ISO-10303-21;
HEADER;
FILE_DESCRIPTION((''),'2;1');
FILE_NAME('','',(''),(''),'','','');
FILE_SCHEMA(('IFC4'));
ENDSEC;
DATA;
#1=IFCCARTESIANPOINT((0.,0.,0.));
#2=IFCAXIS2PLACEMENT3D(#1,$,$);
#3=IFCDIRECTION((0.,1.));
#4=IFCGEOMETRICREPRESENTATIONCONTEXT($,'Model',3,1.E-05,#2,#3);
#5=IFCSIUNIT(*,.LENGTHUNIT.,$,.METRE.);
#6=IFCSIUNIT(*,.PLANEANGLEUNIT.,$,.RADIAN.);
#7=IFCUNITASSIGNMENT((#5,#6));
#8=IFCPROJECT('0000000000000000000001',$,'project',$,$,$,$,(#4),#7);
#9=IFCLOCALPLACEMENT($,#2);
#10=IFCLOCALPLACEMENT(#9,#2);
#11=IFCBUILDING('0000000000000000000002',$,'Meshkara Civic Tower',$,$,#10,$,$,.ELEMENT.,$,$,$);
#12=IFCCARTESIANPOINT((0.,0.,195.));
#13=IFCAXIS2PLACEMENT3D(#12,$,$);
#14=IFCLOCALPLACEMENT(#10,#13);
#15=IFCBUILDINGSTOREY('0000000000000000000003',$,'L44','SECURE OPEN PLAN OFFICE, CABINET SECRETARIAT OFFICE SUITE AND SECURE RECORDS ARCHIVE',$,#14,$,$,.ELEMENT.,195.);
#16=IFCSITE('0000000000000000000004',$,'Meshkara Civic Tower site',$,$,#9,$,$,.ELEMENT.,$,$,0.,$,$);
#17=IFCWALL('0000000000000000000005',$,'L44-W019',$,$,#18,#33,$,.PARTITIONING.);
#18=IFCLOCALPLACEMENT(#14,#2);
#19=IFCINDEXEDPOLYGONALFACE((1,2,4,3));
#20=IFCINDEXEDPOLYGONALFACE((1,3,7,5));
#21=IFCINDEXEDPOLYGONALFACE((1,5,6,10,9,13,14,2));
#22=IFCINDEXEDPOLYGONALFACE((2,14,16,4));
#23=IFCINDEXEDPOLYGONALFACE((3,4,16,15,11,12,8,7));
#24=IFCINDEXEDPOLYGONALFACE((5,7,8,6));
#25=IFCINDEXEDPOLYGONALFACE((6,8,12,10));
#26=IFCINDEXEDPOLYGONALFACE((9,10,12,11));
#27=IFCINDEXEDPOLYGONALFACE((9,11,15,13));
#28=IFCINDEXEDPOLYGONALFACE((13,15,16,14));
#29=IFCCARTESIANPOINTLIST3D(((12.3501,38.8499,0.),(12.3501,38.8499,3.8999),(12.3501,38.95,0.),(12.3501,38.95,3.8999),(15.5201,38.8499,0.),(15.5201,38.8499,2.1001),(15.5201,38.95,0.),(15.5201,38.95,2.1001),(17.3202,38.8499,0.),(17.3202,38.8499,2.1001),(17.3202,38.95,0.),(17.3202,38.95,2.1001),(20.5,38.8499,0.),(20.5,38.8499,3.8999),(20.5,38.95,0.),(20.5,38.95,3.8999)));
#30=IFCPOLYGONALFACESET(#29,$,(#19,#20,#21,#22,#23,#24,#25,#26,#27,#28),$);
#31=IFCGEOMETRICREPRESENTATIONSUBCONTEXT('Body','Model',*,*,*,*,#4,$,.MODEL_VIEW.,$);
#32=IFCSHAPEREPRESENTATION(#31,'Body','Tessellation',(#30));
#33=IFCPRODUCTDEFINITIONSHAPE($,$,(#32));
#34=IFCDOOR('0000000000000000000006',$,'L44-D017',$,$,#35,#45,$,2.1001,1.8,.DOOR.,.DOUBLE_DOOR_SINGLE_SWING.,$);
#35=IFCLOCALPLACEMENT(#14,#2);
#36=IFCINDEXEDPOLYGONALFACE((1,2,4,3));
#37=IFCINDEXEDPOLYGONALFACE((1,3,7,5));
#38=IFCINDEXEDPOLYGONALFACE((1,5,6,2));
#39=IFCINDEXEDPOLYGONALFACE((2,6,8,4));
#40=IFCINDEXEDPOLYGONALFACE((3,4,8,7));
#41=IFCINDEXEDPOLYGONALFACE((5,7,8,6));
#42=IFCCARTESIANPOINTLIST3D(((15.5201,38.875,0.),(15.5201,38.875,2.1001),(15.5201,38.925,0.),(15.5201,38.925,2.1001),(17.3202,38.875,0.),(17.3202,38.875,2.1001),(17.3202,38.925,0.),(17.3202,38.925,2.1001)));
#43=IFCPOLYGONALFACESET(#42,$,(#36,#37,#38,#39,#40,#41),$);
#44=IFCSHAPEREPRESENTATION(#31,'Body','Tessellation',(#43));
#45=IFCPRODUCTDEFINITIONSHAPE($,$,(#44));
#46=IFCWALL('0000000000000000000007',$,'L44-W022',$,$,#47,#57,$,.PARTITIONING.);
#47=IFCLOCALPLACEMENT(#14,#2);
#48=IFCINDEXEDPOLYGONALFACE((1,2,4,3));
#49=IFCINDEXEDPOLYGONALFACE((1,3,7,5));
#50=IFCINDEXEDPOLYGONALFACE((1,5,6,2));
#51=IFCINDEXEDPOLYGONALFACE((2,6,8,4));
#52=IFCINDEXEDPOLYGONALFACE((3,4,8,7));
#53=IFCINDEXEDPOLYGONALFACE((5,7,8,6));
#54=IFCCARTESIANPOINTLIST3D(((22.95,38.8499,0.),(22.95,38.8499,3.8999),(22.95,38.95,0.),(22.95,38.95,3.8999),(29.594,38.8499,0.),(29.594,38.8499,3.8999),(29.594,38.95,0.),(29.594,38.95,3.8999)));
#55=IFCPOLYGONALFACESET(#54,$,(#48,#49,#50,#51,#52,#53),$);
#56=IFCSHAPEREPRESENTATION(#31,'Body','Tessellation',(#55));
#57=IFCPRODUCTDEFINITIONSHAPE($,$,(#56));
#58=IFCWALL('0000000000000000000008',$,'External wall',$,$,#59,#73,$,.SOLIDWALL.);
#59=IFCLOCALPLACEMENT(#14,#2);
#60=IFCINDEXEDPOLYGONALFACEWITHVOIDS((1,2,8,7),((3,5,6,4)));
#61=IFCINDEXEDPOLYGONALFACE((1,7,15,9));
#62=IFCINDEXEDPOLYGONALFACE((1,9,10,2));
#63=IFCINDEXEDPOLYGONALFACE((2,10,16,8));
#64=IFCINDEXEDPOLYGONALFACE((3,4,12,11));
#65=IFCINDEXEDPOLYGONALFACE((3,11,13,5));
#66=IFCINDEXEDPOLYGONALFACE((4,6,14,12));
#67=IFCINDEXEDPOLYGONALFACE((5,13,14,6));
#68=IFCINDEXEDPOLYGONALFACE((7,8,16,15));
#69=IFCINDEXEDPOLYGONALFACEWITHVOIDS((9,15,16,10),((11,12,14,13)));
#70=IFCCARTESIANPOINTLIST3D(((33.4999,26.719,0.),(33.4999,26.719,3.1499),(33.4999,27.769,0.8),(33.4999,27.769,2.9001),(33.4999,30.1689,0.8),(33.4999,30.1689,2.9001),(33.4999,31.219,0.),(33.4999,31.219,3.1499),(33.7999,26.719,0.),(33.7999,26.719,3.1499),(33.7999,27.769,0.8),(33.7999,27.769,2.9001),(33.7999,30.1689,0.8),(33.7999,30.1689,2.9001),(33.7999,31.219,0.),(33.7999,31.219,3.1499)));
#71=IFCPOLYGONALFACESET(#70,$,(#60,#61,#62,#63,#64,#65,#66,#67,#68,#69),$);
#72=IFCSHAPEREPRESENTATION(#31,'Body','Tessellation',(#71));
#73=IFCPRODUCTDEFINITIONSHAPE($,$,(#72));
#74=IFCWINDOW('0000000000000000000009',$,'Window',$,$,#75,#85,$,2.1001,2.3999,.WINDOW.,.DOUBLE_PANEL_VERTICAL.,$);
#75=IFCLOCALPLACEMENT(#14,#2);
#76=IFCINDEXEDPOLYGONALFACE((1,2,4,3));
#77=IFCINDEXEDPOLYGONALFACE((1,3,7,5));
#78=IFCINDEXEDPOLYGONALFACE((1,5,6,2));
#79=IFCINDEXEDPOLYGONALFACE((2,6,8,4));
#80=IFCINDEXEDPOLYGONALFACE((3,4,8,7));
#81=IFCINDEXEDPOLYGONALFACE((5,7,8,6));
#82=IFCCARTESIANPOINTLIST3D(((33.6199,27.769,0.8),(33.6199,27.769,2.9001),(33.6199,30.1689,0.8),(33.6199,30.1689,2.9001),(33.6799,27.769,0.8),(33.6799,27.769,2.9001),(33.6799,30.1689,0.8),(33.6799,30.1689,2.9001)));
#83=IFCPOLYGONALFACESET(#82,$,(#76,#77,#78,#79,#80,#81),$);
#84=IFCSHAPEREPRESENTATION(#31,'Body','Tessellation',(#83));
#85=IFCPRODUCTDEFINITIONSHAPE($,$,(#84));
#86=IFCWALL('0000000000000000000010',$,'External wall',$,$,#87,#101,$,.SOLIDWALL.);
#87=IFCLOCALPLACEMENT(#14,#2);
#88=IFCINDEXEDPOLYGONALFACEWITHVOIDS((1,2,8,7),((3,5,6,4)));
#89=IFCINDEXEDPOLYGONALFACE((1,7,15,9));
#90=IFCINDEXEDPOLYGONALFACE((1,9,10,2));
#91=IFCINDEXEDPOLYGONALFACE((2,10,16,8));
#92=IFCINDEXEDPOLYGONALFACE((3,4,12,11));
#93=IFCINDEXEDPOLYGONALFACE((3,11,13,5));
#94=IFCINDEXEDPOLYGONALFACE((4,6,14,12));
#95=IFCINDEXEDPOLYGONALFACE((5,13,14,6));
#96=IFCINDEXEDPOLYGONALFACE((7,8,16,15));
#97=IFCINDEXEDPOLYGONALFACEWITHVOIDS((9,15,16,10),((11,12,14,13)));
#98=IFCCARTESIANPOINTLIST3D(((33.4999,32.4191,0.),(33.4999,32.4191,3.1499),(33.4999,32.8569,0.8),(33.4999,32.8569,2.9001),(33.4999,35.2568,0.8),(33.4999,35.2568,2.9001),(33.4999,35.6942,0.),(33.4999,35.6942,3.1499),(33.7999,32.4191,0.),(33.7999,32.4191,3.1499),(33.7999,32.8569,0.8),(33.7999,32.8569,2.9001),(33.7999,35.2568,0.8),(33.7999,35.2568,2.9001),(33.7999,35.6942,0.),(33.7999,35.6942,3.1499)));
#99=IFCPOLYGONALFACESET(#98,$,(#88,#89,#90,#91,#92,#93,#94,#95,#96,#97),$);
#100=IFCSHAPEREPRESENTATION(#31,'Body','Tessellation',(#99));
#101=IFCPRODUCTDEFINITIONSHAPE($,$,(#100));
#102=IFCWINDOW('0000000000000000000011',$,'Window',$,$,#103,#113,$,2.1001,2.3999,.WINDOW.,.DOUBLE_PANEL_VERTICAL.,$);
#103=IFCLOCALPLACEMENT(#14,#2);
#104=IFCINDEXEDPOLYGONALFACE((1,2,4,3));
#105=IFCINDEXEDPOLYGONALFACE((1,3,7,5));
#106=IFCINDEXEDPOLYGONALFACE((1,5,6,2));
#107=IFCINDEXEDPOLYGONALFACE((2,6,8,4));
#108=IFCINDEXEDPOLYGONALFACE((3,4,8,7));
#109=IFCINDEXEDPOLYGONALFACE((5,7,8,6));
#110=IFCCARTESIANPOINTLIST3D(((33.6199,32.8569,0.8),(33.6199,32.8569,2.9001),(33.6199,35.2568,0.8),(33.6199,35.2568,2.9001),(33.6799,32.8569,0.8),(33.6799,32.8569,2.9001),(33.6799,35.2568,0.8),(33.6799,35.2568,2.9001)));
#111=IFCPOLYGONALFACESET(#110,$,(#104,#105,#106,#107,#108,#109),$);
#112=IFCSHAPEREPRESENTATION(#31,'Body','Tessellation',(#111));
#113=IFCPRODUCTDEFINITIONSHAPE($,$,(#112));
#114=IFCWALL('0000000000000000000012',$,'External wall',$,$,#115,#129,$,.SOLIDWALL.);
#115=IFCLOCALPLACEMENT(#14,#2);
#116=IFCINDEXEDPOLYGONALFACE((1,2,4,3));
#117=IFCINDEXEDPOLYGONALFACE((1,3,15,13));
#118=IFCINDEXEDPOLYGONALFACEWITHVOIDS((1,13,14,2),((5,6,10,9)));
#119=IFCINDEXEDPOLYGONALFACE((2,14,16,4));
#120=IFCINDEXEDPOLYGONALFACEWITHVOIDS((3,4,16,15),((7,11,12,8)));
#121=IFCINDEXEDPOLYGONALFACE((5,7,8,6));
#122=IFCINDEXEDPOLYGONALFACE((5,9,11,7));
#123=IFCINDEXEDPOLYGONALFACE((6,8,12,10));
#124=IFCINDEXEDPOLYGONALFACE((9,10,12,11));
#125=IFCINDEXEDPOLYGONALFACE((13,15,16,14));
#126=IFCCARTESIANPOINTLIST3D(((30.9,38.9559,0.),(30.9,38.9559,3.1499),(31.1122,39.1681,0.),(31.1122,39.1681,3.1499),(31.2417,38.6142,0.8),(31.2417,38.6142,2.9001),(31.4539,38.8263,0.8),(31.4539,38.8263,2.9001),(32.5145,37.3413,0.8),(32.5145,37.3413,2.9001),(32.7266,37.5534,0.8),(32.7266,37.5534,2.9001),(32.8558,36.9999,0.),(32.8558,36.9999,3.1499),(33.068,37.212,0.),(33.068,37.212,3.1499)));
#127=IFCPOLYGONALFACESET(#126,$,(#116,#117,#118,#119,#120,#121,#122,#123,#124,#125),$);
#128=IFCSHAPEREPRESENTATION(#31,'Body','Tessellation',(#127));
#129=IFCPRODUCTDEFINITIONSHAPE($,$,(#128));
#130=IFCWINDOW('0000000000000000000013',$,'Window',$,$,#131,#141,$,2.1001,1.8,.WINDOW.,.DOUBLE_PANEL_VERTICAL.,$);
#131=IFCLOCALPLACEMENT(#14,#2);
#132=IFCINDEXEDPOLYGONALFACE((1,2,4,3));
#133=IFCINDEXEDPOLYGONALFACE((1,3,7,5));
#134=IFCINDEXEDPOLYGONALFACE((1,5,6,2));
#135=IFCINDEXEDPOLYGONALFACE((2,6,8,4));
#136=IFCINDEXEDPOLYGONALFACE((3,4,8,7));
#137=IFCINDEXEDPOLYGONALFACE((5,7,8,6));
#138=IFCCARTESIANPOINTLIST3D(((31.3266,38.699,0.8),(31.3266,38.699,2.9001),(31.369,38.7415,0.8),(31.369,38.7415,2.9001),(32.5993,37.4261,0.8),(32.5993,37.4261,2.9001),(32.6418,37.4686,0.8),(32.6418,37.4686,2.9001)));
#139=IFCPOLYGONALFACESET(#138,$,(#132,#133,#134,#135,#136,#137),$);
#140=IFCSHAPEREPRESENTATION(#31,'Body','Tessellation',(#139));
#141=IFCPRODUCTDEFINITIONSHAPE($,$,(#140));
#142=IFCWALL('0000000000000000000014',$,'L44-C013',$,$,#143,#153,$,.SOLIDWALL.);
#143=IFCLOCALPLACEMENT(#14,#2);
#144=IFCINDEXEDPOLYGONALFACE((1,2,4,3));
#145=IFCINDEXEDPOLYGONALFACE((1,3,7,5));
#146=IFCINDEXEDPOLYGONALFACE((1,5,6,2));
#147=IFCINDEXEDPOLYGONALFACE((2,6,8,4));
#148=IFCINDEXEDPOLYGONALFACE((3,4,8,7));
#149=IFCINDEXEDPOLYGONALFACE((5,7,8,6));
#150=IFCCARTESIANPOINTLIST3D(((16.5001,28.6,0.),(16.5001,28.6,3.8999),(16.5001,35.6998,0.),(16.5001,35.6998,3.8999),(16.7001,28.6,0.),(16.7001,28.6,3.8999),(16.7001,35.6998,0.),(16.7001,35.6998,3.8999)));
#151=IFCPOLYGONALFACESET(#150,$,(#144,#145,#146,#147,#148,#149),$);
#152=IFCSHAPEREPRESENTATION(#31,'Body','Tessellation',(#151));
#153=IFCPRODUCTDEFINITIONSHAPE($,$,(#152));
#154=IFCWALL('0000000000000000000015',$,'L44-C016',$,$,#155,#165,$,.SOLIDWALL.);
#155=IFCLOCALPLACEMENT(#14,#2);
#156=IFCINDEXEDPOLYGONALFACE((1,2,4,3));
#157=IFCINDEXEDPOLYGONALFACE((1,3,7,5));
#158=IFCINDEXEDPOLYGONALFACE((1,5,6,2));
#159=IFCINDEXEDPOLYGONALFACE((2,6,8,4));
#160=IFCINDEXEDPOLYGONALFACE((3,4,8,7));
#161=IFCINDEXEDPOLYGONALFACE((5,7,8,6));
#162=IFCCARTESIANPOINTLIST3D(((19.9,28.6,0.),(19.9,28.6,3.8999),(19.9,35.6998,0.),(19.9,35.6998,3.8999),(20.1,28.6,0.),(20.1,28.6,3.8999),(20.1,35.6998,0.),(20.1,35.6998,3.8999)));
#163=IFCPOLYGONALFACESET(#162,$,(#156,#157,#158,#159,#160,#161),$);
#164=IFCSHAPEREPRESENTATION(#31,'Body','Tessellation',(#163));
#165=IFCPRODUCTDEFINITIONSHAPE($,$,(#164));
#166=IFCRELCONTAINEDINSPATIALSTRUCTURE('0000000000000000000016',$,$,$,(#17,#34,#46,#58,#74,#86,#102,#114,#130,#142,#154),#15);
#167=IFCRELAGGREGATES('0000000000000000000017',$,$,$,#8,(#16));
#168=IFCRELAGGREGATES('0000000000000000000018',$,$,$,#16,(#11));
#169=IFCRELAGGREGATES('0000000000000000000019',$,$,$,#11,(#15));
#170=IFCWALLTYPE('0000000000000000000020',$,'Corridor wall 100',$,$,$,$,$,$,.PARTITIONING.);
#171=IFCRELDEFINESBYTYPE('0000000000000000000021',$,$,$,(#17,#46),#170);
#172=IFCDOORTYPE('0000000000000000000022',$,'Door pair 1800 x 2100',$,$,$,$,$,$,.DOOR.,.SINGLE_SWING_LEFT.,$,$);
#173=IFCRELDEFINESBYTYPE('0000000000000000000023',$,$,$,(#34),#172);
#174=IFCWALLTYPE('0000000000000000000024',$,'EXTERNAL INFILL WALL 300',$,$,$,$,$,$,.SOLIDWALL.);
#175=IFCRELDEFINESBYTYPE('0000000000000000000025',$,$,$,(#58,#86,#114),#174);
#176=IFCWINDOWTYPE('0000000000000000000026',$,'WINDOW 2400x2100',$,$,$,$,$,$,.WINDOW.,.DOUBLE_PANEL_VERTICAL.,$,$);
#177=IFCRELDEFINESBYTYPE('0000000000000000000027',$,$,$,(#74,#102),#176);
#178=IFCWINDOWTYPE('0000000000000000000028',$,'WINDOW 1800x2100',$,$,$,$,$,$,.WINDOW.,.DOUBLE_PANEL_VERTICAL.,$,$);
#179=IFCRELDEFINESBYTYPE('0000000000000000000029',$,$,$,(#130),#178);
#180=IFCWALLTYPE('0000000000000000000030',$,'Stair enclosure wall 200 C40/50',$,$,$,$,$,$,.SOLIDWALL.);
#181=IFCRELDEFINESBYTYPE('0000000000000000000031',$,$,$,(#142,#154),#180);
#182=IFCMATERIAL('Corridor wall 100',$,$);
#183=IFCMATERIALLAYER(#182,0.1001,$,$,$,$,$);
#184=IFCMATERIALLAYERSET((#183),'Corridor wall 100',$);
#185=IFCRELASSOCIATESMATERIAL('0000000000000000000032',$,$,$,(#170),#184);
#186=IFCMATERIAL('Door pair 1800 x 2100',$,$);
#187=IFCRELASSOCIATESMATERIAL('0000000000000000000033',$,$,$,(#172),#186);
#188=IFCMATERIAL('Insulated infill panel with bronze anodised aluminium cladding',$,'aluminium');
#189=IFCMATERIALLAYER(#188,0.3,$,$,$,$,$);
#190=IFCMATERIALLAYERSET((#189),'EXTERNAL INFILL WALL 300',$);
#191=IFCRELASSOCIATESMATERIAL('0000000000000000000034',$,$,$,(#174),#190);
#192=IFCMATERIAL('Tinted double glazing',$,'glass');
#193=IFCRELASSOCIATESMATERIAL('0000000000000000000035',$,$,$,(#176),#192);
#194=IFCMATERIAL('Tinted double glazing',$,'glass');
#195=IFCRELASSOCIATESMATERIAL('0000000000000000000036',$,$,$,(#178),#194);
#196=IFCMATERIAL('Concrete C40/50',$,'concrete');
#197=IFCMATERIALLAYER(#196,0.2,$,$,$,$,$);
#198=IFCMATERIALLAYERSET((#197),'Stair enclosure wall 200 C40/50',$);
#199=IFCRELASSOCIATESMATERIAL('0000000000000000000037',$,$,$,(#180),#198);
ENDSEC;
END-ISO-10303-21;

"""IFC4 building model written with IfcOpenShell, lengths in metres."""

from ifc_helpers import new_model, si_unit, direction, frame, frame_2d, origin, place, context, subcontext, project, spatial, rectangle, extrude, material, layer, layer_set, type_object, element, fill, save


model = new_model("IFC4")

# Units and contexts
model_context = context("Model", 3, precision=1e-05, world=origin(), true_north=direction((0.0, 1.0)))
body_context = subcontext(model_context, "Body", "Model", "MODEL_VIEW")
ifc_project = project(units=[si_unit("LENGTHUNIT", "METRE"), si_unit("PLANEANGLEUNIT", "RADIAN")], contexts=[model_context])

# Site, building, storey
site_placement = place(None, origin())
site = spatial("IfcSite", under=ifc_project, at=site_placement, Name="Meshkara Civic Tower site", CompositionType="ELEMENT", RefElevation=0.0)
building_placement = place(site_placement, origin())
building = spatial("IfcBuilding", under=site, at=building_placement, Name="Meshkara Civic Tower", CompositionType="ELEMENT")
storey_placement = place(building_placement, frame((0.0, 0.0, 195.0)))
storey = spatial("IfcBuildingStorey", under=building, at=storey_placement, Name="L44", Description="SECURE OPEN PLAN OFFICE, CABINET SECRETARIAT OFFICE SUITE AND SECURE RECORDS ARCHIVE", CompositionType="ELEMENT", Elevation=195.0)

# Wall, opening, door
ifc_material_1 = material(Name="Corridor wall 100")
ifc_layer_1 = layer(ifc_material_1, 0.1001)
ifc_layer_set_1 = layer_set([ifc_layer_1], Name="Corridor wall 100")
wall_type_1 = type_object("IfcWallType", Name="Corridor wall 100", PredefinedType="PARTITIONING", material=ifc_layer_set_1)
wall_1_placement = place(storey_placement, frame((20.5, 38.8999, 0.0), z_axis=(0.0, 0.0, 1.0), x_axis=(-1.0, 0.0, 0.0)))
wall_1 = element("IfcWall", 1, at=wall_1_placement, inside=storey, type_object=wall_type_1, Name="L44-W019", PredefinedType="PARTITIONING", context=body_context, shape_type="SweptSolid", body=[
    extrude(rectangle(XDim=8.1499, YDim=0.1001, at=frame_2d((4.075, 0.0))), origin(), (0.0, 0.0, 1.0), 3.8999),
])
opening_1_placement = place(wall_1_placement, frame((3.1799, 0.0, 0.0)))
opening_1 = element("IfcOpeningElement", 2, at=opening_1_placement, cuts=wall_1, PredefinedType="OPENING", context=body_context, shape_type="SweptSolid", body=[
    extrude(rectangle(XDim=1.8, YDim=2.1001, at=frame_2d((0.8999, 1.05))), frame((0.0, 0.0601, 0.0), z_axis=(0.0, -1.0, 0.0), x_axis=(1.0, 0.0, 0.0)), (0.0, 0.0, 1.0), 0.1201),
])
ifc_material_2 = material(Name="Door pair 1800 x 2100")
door_type_1 = type_object("IfcDoorType", Name="Door pair 1800 x 2100", OperationType="SINGLE_SWING_LEFT", PredefinedType="DOOR", material=ifc_material_2)
door_1_placement = place(opening_1_placement, origin())
door_1 = element("IfcDoor", 3, at=door_1_placement, inside=storey, type_object=door_type_1, Name="L44-D017", OperationType="DOUBLE_DOOR_SINGLE_SWING", OverallHeight=2.1001, OverallWidth=1.8, PredefinedType="DOOR", context=body_context, shape_type="SweptSolid", body=[
    extrude(rectangle(XDim=1.8, YDim=2.1001, at=frame_2d((0.8999, 1.05))), frame((0.0, 0.0249, 0.0), z_axis=(0.0, -1.0, 0.0), x_axis=(1.0, 0.0, 0.0)), (0.0, 0.0, 1.0), 0.05),
])
fill(opening_1, door_1)

# Wall
wall_2_placement = place(storey_placement, frame((29.594, 38.8999, 0.0), z_axis=(0.0, 0.0, 1.0), x_axis=(-1.0, 0.0, 0.0)))
element("IfcWall", 4, at=wall_2_placement, inside=storey, type_object=wall_type_1, Name="L44-W022", PredefinedType="PARTITIONING", context=body_context, shape_type="SweptSolid", body=[
    extrude(rectangle(XDim=6.644, YDim=0.1001, at=frame_2d((3.322, 0.0))), origin(), (0.0, 0.0, 1.0), 3.8999),
])

# Walls, openings, windows
ifc_material_3 = material(Name="Insulated infill panel with bronze anodised aluminium cladding", Category="aluminium")
ifc_layer_2 = layer(ifc_material_3, 0.3)
ifc_layer_set_2 = layer_set([ifc_layer_2], Name="EXTERNAL INFILL WALL 300")
wall_type_2 = type_object("IfcWallType", Name="EXTERNAL INFILL WALL 300", PredefinedType="SOLIDWALL", material=ifc_layer_set_2)
wall_3_placement = place(storey_placement, frame((33.6499, 26.719, 0.0), z_axis=(0.0, 0.0, 1.0), x_axis=(0.0, 1.0, 0.0)))
wall_3 = element("IfcWall", 5, at=wall_3_placement, inside=storey, type_object=wall_type_2, Name="External wall", PredefinedType="SOLIDWALL", context=body_context, shape_type="SweptSolid", body=[
    extrude(rectangle(XDim=4.5, YDim=0.3, at=frame_2d((2.25, 0.0))), origin(), (0.0, 0.0, 1.0), 3.1499),
])
opening_2_placement = place(wall_3_placement, frame((1.05, 0.0, 0.8)))
opening_2 = element("IfcOpeningElement", 6, at=opening_2_placement, cuts=wall_3, PredefinedType="OPENING", context=body_context, shape_type="SweptSolid", body=[
    extrude(rectangle(XDim=2.3999, YDim=2.1001, at=frame_2d((1.2, 1.05))), frame((0.0, 0.1599, 0.0), z_axis=(0.0, -1.0, 0.0), x_axis=(1.0, 0.0, 0.0)), (0.0, 0.0, 1.0), 0.3201),
])
ifc_material_4 = material(Name="Tinted double glazing", Category="glass")
window_type_1 = type_object("IfcWindowType", Name="WINDOW 2400x2100", PartitioningType="DOUBLE_PANEL_VERTICAL", PredefinedType="WINDOW", material=ifc_material_4)
window_1_placement = place(opening_2_placement, origin())
window_1 = element("IfcWindow", 7, at=window_1_placement, inside=storey, type_object=window_type_1, Name="Window", OverallHeight=2.1001, OverallWidth=2.3999, PartitioningType="DOUBLE_PANEL_VERTICAL", PredefinedType="WINDOW", context=body_context, shape_type="SweptSolid", body=[
    extrude(rectangle(XDim=2.3999, YDim=2.1001, at=frame_2d((1.2, 1.05))), frame((0.0, 0.03, 0.0), z_axis=(0.0, -1.0, 0.0), x_axis=(1.0, 0.0, 0.0)), (0.0, 0.0, 1.0), 0.0601),
])
fill(opening_2, window_1)
wall_4_placement = place(storey_placement, frame((33.6499, 32.4189, 0.0), z_axis=(0.0, 0.0, 1.0), x_axis=(0.0, 1.0, 0.0)))
wall_4 = element("IfcWall", 8, at=wall_4_placement, inside=storey, type_object=wall_type_2, Name="External wall", PredefinedType="SOLIDWALL", context=body_context, shape_type="SweptSolid", body=[
    extrude(rectangle(XDim=3.2751, YDim=0.3, at=frame_2d((1.6377, 0.0))), origin(), (0.0, 0.0, 1.0), 3.1499),
])
opening_3_placement = place(wall_4_placement, frame((0.438, 0.0, 0.8)))
opening_3 = element("IfcOpeningElement", 9, at=opening_3_placement, cuts=wall_4, PredefinedType="OPENING", context=body_context, shape_type="SweptSolid", body=[
    extrude(rectangle(XDim=2.3999, YDim=2.1001, at=frame_2d((1.2, 1.05))), frame((0.0, 0.1599, 0.0), z_axis=(0.0, -1.0, 0.0), x_axis=(1.0, 0.0, 0.0)), (0.0, 0.0, 1.0), 0.3201),
])
window_2_placement = place(opening_3_placement, origin())
window_2 = element("IfcWindow", 10, at=window_2_placement, inside=storey, type_object=window_type_1, Name="Window", OverallHeight=2.1001, OverallWidth=2.3999, PartitioningType="DOUBLE_PANEL_VERTICAL", PredefinedType="WINDOW", context=body_context, shape_type="SweptSolid", body=[
    extrude(rectangle(XDim=2.3999, YDim=2.1001, at=frame_2d((1.2, 1.05))), frame((0.0, 0.03, 0.0), z_axis=(0.0, -1.0, 0.0), x_axis=(1.0, 0.0, 0.0)), (0.0, 0.0, 1.0), 0.0601),
])
fill(opening_3, window_2)
wall_5_placement = place(storey_placement, frame((32.9619, 37.106, 0.0), z_axis=(0.0, 0.0, 1.0), x_axis=(-0.707063, 0.707151, 0.0)))
wall_5 = element("IfcWall", 11, at=wall_5_placement, inside=storey, type_object=wall_type_2, Name="External wall", PredefinedType="SOLIDWALL", context=body_context, shape_type="SweptSolid", body=[
    extrude(rectangle(XDim=2.7661, YDim=0.3, at=frame_2d((1.3831, 0.0))), origin(), (0.0, 0.0, 1.0), 3.1499),
])
opening_4_placement = place(wall_5_placement, frame((0.4829, 0.0, 0.8)))
opening_4 = element("IfcOpeningElement", 12, at=opening_4_placement, cuts=wall_5, PredefinedType="OPENING", context=body_context, shape_type="SweptSolid", body=[
    extrude(rectangle(XDim=1.8, YDim=2.1001, at=frame_2d((0.8999, 1.05))), frame((0.0, 0.1599, 0.0), z_axis=(0.0, -1.0, 0.0), x_axis=(1.0, 0.0, 0.0)), (0.0, 0.0, 1.0), 0.3201),
])
ifc_material_5 = material(Name="Tinted double glazing", Category="glass")
window_type_2 = type_object("IfcWindowType", Name="WINDOW 1800x2100", PartitioningType="DOUBLE_PANEL_VERTICAL", PredefinedType="WINDOW", material=ifc_material_5)
window_3_placement = place(opening_4_placement, origin())
window_3 = element("IfcWindow", 13, at=window_3_placement, inside=storey, type_object=window_type_2, Name="Window", OverallHeight=2.1001, OverallWidth=1.8, PartitioningType="DOUBLE_PANEL_VERTICAL", PredefinedType="WINDOW", context=body_context, shape_type="SweptSolid", body=[
    extrude(rectangle(XDim=1.8, YDim=2.1001, at=frame_2d((0.8999, 1.05))), frame((0.0, 0.03, 0.0), z_axis=(0.0, -1.0, 0.0), x_axis=(1.0, 0.0, 0.0)), (0.0, 0.0, 1.0), 0.0601),
])
fill(opening_4, window_3)

# Walls
ifc_material_6 = material(Name="Concrete C40/50", Category="concrete")
ifc_layer_3 = layer(ifc_material_6, 0.2)
ifc_layer_set_3 = layer_set([ifc_layer_3], Name="Stair enclosure wall 200 C40/50")
wall_type_3 = type_object("IfcWallType", Name="Stair enclosure wall 200 C40/50", PredefinedType="SOLIDWALL", material=ifc_layer_set_3)
for number, where, z_axis, x_axis, name in (
    (14, (16.6001, 28.6001, 0.0), (0.0, 0.0, 1.0), (0.0, 1.0, 0.0), "L44-C013"),
    (15, (20.0, 28.6001, 0.0), (0.0, 0.0, 1.0), (0.0, 1.0, 0.0), "L44-C016"),
):
    element("IfcWall", number, at=place(storey_placement, frame(where, z_axis=z_axis, x_axis=x_axis)), inside=storey, type_object=wall_type_3, Name=name, PredefinedType="SOLIDWALL", context=body_context, shape_type="SweptSolid", body=[
        extrude(rectangle(XDim=7.0999, YDim=0.2, at=frame_2d((3.5498, 0.0))), origin(), (0.0, 0.0, 1.0), 3.8999),
    ])

save(model, "model.ifc")
